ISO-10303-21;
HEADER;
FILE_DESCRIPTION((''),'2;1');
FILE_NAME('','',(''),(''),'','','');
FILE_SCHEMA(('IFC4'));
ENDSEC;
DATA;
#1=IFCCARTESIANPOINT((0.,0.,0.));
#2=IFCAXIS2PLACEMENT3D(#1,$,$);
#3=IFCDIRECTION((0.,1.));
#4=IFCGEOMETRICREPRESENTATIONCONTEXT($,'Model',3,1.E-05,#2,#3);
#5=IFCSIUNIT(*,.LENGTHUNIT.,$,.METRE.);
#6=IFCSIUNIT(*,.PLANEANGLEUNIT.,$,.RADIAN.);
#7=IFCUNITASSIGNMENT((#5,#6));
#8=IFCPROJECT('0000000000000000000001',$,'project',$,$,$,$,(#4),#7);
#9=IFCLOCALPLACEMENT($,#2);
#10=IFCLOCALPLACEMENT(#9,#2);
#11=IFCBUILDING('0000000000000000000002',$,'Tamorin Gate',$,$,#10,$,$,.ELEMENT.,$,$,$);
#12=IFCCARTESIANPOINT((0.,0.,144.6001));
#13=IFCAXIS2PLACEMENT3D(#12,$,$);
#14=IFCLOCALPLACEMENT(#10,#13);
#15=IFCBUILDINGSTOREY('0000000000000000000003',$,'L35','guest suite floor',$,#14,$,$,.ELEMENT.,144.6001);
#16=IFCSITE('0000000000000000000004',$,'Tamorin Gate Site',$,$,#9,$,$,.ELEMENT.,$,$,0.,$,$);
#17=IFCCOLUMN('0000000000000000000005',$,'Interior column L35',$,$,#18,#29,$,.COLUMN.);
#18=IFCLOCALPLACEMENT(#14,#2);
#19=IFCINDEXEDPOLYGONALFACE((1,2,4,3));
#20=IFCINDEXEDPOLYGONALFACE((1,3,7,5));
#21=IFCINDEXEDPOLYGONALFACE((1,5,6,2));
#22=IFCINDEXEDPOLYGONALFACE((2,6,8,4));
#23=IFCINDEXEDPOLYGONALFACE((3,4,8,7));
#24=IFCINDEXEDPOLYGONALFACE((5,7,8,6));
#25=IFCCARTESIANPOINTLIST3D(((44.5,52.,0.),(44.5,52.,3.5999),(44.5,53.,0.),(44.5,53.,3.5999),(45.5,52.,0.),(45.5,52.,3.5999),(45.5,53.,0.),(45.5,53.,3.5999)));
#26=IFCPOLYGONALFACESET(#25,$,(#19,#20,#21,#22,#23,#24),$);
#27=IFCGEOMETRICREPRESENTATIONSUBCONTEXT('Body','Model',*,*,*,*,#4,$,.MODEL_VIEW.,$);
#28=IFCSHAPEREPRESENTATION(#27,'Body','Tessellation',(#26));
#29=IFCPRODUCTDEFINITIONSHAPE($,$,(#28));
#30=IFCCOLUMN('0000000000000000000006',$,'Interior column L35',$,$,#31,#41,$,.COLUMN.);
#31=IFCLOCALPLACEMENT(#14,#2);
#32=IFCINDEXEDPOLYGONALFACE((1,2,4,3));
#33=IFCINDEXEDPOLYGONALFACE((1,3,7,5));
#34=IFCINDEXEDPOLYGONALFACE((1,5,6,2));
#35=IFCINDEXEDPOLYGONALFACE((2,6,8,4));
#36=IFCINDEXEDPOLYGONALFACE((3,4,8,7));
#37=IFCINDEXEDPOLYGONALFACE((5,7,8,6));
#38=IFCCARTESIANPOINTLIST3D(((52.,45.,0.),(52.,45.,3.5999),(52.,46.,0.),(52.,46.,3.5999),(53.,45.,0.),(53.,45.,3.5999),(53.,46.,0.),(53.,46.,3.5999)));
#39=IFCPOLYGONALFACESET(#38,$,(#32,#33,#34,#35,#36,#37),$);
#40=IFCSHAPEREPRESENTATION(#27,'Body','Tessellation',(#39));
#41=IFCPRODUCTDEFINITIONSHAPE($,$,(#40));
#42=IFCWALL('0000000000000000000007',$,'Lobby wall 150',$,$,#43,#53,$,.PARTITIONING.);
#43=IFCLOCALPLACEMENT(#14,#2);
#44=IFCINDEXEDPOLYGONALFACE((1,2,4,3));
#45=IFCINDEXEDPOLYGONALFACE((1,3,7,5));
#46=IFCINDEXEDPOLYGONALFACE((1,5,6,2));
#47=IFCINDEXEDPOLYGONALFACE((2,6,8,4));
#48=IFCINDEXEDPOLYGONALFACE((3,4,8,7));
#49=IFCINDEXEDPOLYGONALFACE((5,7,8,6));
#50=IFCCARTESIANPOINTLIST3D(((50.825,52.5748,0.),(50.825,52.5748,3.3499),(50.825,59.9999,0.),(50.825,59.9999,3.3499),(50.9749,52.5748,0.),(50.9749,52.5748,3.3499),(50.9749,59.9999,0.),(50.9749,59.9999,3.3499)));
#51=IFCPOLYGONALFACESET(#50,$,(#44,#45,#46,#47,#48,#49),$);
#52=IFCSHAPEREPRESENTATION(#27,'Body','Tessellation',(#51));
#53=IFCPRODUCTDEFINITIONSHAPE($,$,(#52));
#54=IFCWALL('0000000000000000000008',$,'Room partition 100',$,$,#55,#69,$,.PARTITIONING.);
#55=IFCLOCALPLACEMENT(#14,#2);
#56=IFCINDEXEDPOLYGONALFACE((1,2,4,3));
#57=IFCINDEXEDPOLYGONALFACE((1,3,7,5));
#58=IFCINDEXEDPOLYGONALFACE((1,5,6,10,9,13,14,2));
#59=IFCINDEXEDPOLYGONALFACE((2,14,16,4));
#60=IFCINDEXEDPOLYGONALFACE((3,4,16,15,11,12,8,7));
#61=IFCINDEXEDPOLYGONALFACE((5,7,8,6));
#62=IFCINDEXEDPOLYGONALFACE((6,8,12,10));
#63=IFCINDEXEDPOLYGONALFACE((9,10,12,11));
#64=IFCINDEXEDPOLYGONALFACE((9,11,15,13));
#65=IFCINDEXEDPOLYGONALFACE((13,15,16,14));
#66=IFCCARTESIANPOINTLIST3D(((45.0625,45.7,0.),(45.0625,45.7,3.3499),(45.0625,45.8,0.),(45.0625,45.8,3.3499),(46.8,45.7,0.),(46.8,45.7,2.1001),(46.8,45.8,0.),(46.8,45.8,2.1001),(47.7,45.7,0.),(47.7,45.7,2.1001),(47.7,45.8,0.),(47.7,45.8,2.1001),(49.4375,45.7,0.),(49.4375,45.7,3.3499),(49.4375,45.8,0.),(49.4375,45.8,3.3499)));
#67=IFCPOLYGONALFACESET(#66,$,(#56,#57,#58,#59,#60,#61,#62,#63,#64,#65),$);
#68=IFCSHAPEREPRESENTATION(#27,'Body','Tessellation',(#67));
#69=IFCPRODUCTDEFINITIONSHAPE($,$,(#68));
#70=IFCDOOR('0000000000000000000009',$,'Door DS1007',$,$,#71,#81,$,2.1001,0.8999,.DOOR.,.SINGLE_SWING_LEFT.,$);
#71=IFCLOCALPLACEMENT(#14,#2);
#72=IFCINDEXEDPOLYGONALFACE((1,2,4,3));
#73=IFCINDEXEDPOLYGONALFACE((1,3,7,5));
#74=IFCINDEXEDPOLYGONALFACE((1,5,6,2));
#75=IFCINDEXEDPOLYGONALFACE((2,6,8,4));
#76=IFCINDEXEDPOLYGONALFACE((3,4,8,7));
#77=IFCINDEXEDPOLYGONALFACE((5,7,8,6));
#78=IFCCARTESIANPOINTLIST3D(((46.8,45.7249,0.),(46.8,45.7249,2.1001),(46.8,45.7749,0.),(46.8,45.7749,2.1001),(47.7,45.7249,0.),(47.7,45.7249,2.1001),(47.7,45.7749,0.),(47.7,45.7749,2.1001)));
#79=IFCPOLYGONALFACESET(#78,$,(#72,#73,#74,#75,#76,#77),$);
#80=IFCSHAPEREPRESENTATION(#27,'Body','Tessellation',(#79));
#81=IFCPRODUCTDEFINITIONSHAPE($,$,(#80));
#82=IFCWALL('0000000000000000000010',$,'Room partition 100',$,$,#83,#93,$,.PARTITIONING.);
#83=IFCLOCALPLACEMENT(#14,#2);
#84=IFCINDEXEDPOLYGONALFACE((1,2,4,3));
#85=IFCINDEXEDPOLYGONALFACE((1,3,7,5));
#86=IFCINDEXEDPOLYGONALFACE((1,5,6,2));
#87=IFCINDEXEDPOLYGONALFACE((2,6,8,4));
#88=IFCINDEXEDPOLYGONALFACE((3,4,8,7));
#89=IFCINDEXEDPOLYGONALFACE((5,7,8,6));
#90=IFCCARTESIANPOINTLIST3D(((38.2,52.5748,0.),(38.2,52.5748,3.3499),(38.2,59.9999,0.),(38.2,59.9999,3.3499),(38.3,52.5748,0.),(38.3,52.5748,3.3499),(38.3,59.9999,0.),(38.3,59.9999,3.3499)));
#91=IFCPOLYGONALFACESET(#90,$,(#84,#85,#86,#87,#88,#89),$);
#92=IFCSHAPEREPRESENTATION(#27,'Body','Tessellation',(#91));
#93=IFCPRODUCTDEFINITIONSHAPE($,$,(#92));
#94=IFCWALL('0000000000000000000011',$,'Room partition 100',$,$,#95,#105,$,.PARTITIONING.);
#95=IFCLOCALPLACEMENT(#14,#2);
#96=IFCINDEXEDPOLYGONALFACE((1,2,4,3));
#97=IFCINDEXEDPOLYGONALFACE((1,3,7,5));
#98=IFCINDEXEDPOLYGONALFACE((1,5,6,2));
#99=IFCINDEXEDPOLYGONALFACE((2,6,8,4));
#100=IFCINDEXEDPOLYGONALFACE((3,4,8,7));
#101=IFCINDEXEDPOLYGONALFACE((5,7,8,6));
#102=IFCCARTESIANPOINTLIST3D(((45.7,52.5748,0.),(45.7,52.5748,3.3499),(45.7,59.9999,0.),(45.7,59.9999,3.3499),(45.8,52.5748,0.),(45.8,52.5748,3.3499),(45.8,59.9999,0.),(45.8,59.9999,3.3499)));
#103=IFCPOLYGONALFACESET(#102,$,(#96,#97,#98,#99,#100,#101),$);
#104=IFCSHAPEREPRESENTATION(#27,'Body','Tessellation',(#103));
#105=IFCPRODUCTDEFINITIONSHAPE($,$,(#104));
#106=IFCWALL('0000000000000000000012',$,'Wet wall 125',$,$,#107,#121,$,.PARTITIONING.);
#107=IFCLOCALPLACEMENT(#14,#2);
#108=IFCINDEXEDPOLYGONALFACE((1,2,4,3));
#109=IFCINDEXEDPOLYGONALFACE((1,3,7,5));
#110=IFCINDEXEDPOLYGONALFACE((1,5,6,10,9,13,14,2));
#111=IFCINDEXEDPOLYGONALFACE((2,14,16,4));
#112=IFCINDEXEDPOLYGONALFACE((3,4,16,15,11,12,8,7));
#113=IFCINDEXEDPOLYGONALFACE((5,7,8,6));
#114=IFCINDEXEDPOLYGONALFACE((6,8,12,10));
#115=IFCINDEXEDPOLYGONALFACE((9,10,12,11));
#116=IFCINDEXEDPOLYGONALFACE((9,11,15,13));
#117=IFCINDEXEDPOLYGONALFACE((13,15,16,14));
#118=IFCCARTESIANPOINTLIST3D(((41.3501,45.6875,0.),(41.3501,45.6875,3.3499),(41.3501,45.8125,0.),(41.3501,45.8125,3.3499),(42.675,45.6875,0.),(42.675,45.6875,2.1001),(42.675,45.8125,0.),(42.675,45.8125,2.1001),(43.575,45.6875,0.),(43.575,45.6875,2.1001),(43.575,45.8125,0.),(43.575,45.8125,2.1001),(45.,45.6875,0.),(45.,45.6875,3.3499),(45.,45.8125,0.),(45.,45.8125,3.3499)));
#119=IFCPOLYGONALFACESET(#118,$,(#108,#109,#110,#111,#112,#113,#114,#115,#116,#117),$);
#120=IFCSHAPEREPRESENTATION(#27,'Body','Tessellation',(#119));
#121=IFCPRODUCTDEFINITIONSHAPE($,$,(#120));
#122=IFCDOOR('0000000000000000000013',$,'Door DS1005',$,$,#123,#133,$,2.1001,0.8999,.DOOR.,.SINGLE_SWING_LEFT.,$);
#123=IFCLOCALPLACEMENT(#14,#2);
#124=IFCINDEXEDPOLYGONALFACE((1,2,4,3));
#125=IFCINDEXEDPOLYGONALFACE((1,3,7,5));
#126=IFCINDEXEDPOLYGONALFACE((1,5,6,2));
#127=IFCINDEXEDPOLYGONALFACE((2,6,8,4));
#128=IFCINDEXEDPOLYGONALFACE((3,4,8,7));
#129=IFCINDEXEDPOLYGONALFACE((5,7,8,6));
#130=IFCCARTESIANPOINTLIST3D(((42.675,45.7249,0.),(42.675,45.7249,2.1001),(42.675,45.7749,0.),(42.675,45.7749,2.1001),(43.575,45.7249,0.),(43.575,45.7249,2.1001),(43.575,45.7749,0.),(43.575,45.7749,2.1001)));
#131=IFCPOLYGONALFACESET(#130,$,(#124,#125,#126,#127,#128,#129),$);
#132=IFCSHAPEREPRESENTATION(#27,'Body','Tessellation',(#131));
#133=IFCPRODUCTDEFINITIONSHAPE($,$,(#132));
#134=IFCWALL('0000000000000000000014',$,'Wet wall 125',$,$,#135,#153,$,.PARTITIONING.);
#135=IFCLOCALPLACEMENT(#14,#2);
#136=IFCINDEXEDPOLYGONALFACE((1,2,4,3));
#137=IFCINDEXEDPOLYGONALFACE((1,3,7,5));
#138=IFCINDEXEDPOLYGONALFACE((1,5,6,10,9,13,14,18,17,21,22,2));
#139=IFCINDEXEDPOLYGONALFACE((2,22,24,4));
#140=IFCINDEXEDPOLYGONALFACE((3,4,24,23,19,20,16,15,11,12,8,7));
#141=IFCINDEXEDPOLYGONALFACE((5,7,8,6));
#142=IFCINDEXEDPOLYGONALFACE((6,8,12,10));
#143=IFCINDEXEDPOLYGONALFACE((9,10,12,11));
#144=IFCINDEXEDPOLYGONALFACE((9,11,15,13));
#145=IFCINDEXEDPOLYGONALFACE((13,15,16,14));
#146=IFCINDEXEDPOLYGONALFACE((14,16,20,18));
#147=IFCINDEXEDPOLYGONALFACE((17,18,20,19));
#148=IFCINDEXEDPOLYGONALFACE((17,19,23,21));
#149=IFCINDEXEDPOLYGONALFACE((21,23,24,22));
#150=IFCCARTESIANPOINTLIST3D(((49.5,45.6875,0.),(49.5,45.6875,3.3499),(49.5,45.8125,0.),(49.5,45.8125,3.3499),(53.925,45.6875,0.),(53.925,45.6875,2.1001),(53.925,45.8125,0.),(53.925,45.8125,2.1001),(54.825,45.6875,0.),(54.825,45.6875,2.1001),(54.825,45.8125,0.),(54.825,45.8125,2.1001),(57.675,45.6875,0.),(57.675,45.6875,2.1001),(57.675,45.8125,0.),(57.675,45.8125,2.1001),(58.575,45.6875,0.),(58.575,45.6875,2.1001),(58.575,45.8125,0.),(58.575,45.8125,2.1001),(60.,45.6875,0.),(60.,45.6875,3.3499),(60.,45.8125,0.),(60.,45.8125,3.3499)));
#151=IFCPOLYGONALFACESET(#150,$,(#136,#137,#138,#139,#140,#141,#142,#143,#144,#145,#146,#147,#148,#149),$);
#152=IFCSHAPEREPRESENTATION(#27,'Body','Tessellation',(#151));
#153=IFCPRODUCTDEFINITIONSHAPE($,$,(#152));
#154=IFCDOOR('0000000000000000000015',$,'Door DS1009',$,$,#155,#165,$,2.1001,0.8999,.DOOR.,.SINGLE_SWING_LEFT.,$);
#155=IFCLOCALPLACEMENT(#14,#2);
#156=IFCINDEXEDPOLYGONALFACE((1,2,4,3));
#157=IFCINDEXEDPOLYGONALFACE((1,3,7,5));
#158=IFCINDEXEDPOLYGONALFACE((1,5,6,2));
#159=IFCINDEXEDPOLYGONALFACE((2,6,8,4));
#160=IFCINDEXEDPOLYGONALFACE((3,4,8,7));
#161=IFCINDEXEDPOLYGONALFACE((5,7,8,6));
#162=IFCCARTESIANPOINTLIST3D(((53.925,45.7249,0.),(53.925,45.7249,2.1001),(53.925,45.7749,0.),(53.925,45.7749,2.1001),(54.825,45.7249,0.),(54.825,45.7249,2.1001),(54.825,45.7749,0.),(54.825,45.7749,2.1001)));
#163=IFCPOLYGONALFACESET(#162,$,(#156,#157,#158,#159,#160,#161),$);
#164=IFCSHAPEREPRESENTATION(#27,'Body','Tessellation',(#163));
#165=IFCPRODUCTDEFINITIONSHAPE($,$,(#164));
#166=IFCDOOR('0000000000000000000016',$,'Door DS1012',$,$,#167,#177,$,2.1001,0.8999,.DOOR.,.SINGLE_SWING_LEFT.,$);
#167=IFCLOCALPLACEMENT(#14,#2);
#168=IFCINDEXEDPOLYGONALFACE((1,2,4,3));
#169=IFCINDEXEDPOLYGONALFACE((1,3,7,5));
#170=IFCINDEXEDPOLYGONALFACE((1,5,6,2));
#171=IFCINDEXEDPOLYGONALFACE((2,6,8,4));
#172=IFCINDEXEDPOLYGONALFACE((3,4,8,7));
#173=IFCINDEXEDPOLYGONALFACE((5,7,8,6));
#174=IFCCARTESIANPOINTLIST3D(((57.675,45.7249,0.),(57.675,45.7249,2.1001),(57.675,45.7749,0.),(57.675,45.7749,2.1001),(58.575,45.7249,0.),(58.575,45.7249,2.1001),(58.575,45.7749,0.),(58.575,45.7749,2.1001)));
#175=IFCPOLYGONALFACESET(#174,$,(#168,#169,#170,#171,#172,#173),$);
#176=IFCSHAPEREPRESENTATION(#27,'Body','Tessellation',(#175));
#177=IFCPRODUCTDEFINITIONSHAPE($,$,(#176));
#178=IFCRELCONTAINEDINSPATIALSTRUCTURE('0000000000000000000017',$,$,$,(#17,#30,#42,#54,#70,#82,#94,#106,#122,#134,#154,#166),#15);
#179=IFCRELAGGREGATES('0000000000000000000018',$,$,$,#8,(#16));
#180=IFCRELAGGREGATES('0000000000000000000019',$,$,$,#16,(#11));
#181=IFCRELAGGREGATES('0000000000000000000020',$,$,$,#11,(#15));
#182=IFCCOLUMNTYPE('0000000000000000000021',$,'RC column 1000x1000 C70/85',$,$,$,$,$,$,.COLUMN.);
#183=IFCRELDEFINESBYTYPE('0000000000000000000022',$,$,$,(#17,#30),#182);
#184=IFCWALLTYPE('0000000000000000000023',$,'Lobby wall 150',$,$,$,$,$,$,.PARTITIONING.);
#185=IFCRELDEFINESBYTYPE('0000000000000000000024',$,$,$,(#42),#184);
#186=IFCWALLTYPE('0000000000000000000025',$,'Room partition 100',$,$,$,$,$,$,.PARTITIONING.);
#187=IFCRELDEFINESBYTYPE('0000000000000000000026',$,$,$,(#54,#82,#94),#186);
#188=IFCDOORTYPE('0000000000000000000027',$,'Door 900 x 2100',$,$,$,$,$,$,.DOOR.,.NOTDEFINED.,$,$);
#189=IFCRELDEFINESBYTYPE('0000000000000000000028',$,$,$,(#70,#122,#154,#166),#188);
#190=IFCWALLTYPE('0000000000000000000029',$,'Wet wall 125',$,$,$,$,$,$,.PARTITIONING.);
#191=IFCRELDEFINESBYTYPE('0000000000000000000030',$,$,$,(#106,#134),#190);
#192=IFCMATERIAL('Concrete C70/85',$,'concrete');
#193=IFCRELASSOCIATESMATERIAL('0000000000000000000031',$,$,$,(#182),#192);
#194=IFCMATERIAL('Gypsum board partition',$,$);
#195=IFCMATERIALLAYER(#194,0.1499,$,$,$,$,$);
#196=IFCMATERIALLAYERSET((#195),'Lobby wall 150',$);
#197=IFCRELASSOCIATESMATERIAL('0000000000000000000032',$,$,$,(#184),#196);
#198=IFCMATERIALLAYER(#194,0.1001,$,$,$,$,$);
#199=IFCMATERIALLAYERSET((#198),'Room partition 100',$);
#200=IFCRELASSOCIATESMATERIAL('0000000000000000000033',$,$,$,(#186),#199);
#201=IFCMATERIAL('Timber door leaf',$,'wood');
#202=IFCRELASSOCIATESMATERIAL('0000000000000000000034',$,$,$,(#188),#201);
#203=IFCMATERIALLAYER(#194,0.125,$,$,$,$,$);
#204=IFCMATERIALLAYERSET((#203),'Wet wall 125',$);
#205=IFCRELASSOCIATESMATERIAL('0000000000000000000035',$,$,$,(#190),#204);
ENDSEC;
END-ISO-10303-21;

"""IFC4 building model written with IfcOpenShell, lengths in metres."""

from ifc_helpers import new_model, si_unit, direction, frame, frame_2d, origin, origin_2d, place, context, subcontext, project, spatial, rectangle, extrude, material, layer, layer_set, material_profile, profile_set, type_object, element, fill, save


model = new_model("IFC4")

# Units and contexts
model_context = context("Model", 3, precision=1e-05, world=origin(), true_north=direction((0.0, 1.0)))
body_context = subcontext(model_context, "Body", "Model", "MODEL_VIEW")
ifc_project = project(units=[si_unit("LENGTHUNIT", "METRE"), si_unit("PLANEANGLEUNIT", "RADIAN")], contexts=[model_context])

# Site, building, storey
site_placement = place(None, origin())
site = spatial("IfcSite", under=ifc_project, at=site_placement, Name="Tamorin Gate Site", CompositionType="ELEMENT", RefElevation=0.0)
building_placement = place(site_placement, origin())
building = spatial("IfcBuilding", under=site, at=building_placement, Name="Tamorin Gate", CompositionType="ELEMENT")
storey_placement = place(building_placement, frame((0.0, 0.0, 144.6001)))
storey = spatial("IfcBuildingStorey", under=building, at=storey_placement, Name="L35", Description="guest suite floor", CompositionType="ELEMENT", Elevation=144.6001)

# Columns
ifc_material_1 = material(Name="Concrete C70/85", Category="concrete")
ifc_material_profile = material_profile(ifc_material_1, rectangle(XDim=1.0, YDim=1.0, at=origin_2d()), Name="RC 1000x1000")
ifc_profile_set = profile_set([ifc_material_profile], Name="Concrete C70/85")
column_type = type_object("IfcColumnType", Name="RC column 1000x1000 C70/85", PredefinedType="COLUMN", material=ifc_profile_set)
for number, where, z_axis, x_axis, name in (
    (1, (45.0, 52.5, 0.0), (0.0, 0.0, 1.0), (1.0, 0.0, 0.0), "Interior column L35"),
    (2, (52.5, 45.5, 0.0), (0.0, 0.0, 1.0), (1.0, 0.0, 0.0), "Interior column L35"),
):
    element("IfcColumn", number, at=place(storey_placement, frame(where, z_axis=z_axis, x_axis=x_axis)), inside=storey, type_object=column_type, Name=name, PredefinedType="COLUMN", context=body_context, shape_type="SweptSolid", body=[
        extrude(rectangle(XDim=1.0, YDim=1.0, at=origin_2d()), origin(), (0.0, 0.0, 1.0), 3.5999),
    ])

# Wall
ifc_material_2 = material(Name="Gypsum board partition")
ifc_layer_1 = layer(ifc_material_2, 0.1499)
ifc_layer_set_1 = layer_set([ifc_layer_1], Name="Lobby wall 150")
wall_type_1 = type_object("IfcWallType", Name="Lobby wall 150", PredefinedType="PARTITIONING", material=ifc_layer_set_1)
wall_1_placement = place(storey_placement, frame((50.8999, 52.575, 0.0), z_axis=(0.0, 0.0, 1.0), x_axis=(0.0, 1.0, 0.0)))
element("IfcWall", 3, at=wall_1_placement, inside=storey, type_object=wall_type_1, Name="Lobby wall 150", PredefinedType="PARTITIONING", context=body_context, shape_type="SweptSolid", body=[
    extrude(rectangle(XDim=7.425, YDim=0.1499, at=frame_2d((3.7124, 0.0))), origin(), (0.0, 0.0, 1.0), 3.3499),
])

# Wall, opening, door
ifc_layer_2 = layer(ifc_material_2, 0.1001)
ifc_layer_set_2 = layer_set([ifc_layer_2], Name="Room partition 100")
wall_type_2 = type_object("IfcWallType", Name="Room partition 100", PredefinedType="PARTITIONING", material=ifc_layer_set_2)
wall_2_placement = place(storey_placement, frame((45.0625, 45.75, 0.0), z_axis=(0.0, 0.0, 1.0), x_axis=(1.0, 0.0, 0.0)))
wall_2 = element("IfcWall", 4, at=wall_2_placement, inside=storey, type_object=wall_type_2, Name="Room partition 100", PredefinedType="PARTITIONING", context=body_context, shape_type="SweptSolid", body=[
    extrude(rectangle(XDim=4.375, YDim=0.1001, at=frame_2d((2.1875, 0.0))), origin(), (0.0, 0.0, 1.0), 3.3499),
])
opening_1_placement = place(wall_2_placement, frame((1.7375, 0.0, 0.0)))
opening_1 = element("IfcOpeningElement", 5, at=opening_1_placement, cuts=wall_2, PredefinedType="OPENING", context=body_context, shape_type="SweptSolid", body=[
    extrude(rectangle(XDim=0.8999, YDim=2.1001, at=frame_2d((0.45, 1.05))), frame((0.0, 0.0601, 0.0), z_axis=(0.0, -1.0, 0.0), x_axis=(1.0, 0.0, 0.0)), (0.0, 0.0, 1.0), 0.1201),
])
ifc_material_3 = material(Name="Timber door leaf", Category="wood")
door_type = type_object("IfcDoorType", Name="Door 900 x 2100", OperationType="NOTDEFINED", PredefinedType="DOOR", material=ifc_material_3)
door_1_placement = place(opening_1_placement, origin())
door_1 = element("IfcDoor", 6, at=door_1_placement, inside=storey, type_object=door_type, Name="Door DS1007", OperationType="SINGLE_SWING_LEFT", OverallHeight=2.1001, OverallWidth=0.8999, PredefinedType="DOOR", context=body_context, shape_type="SweptSolid", body=[
    extrude(rectangle(XDim=0.8999, YDim=2.1001, at=frame_2d((0.45, 1.05))), frame((0.0, 0.0249, 0.0), z_axis=(0.0, -1.0, 0.0), x_axis=(1.0, 0.0, 0.0)), (0.0, 0.0, 1.0), 0.05),
])
fill(opening_1, door_1)

# Walls
for number, where, z_axis, x_axis, name in (
    (7, (38.25, 52.575, 0.0), (0.0, 0.0, 1.0), (0.0, 1.0, 0.0), "Room partition 100"),
    (8, (45.75, 52.575, 0.0), (0.0, 0.0, 1.0), (0.0, 1.0, 0.0), "Room partition 100"),
):
    element("IfcWall", number, at=place(storey_placement, frame(where, z_axis=z_axis, x_axis=x_axis)), inside=storey, type_object=wall_type_2, Name=name, PredefinedType="PARTITIONING", context=body_context, shape_type="SweptSolid", body=[
        extrude(rectangle(XDim=7.425, YDim=0.1001, at=frame_2d((3.7124, 0.0))), origin(), (0.0, 0.0, 1.0), 3.3499),
    ])

# Wall, opening, door
ifc_layer_3 = layer(ifc_material_2, 0.125)
ifc_layer_set_3 = layer_set([ifc_layer_3], Name="Wet wall 125")
wall_type_3 = type_object("IfcWallType", Name="Wet wall 125", PredefinedType="PARTITIONING", material=ifc_layer_set_3)
wall_3_placement = place(storey_placement, frame((41.3501, 45.75, 0.0), z_axis=(0.0, 0.0, 1.0), x_axis=(1.0, 0.0, 0.0)))
wall_3 = element("IfcWall", 9, at=wall_3_placement, inside=storey, type_object=wall_type_3, Name="Wet wall 125", PredefinedType="PARTITIONING", context=body_context, shape_type="SweptSolid", body=[
    extrude(rectangle(XDim=3.6499, YDim=0.125, at=frame_2d((1.825, 0.0))), origin(), (0.0, 0.0, 1.0), 3.3499),
])
opening_2_placement = place(wall_3_placement, frame((1.325, 0.0, 0.0)))
opening_2 = element("IfcOpeningElement", 10, at=opening_2_placement, cuts=wall_3, PredefinedType="OPENING", context=body_context, shape_type="SweptSolid", body=[
    extrude(rectangle(XDim=0.8999, YDim=2.1001, at=frame_2d((0.45, 1.05))), frame((0.0, 0.0725, 0.0), z_axis=(0.0, -1.0, 0.0), x_axis=(1.0, 0.0, 0.0)), (0.0, 0.0, 1.0), 0.145),
])
door_2_placement = place(opening_2_placement, origin())
door_2 = element("IfcDoor", 11, at=door_2_placement, inside=storey, type_object=door_type, Name="Door DS1005", OperationType="SINGLE_SWING_LEFT", OverallHeight=2.1001, OverallWidth=0.8999, PredefinedType="DOOR", context=body_context, shape_type="SweptSolid", body=[
    extrude(rectangle(XDim=0.8999, YDim=2.1001, at=frame_2d((0.45, 1.05))), frame((0.0, 0.0249, 0.0), z_axis=(0.0, -1.0, 0.0), x_axis=(1.0, 0.0, 0.0)), (0.0, 0.0, 1.0), 0.05),
])
fill(opening_2, door_2)

# Wall, openings, doors
wall_4_placement = place(storey_placement, frame((49.5, 45.75, 0.0), z_axis=(0.0, 0.0, 1.0), x_axis=(1.0, 0.0, 0.0)))
wall_4 = element("IfcWall", 12, at=wall_4_placement, inside=storey, type_object=wall_type_3, Name="Wet wall 125", PredefinedType="PARTITIONING", context=body_context, shape_type="SweptSolid", body=[
    extrude(rectangle(XDim=10.5, YDim=0.125, at=frame_2d((5.25, 0.0))), origin(), (0.0, 0.0, 1.0), 3.3499),
])
opening_3_placement = place(wall_4_placement, frame((4.425, 0.0, 0.0)))
opening_3 = element("IfcOpeningElement", 13, at=opening_3_placement, cuts=wall_4, PredefinedType="OPENING", context=body_context, shape_type="SweptSolid", body=[
    extrude(rectangle(XDim=0.8999, YDim=2.1001, at=frame_2d((0.45, 1.05))), frame((0.0, 0.0725, 0.0), z_axis=(0.0, -1.0, 0.0), x_axis=(1.0, 0.0, 0.0)), (0.0, 0.0, 1.0), 0.145),
])
opening_4_placement = place(wall_4_placement, frame((8.175, 0.0, 0.0)))
opening_4 = element("IfcOpeningElement", 14, at=opening_4_placement, cuts=wall_4, PredefinedType="OPENING", context=body_context, shape_type="SweptSolid", body=[
    extrude(rectangle(XDim=0.8999, YDim=2.1001, at=frame_2d((0.45, 1.05))), frame((0.0, 0.0725, 0.0), z_axis=(0.0, -1.0, 0.0), x_axis=(1.0, 0.0, 0.0)), (0.0, 0.0, 1.0), 0.145),
])
door_3_placement = place(opening_3_placement, origin())
door_3 = element("IfcDoor", 15, at=door_3_placement, inside=storey, type_object=door_type, Name="Door DS1009", OperationType="SINGLE_SWING_LEFT", OverallHeight=2.1001, OverallWidth=0.8999, PredefinedType="DOOR", context=body_context, shape_type="SweptSolid", body=[
    extrude(rectangle(XDim=0.8999, YDim=2.1001, at=frame_2d((0.45, 1.05))), frame((0.0, 0.0249, 0.0), z_axis=(0.0, -1.0, 0.0), x_axis=(1.0, 0.0, 0.0)), (0.0, 0.0, 1.0), 0.05),
])
fill(opening_3, door_3)
door_4_placement = place(opening_4_placement, origin())
door_4 = element("IfcDoor", 16, at=door_4_placement, inside=storey, type_object=door_type, Name="Door DS1012", OperationType="SINGLE_SWING_LEFT", OverallHeight=2.1001, OverallWidth=0.8999, PredefinedType="DOOR", context=body_context, shape_type="SweptSolid", body=[
    extrude(rectangle(XDim=0.8999, YDim=2.1001, at=frame_2d((0.45, 1.05))), frame((0.0, 0.0249, 0.0), z_axis=(0.0, -1.0, 0.0), x_axis=(1.0, 0.0, 0.0)), (0.0, 0.0, 1.0), 0.05),
])
fill(opening_4, door_4)

save(model, "model.ifc")
